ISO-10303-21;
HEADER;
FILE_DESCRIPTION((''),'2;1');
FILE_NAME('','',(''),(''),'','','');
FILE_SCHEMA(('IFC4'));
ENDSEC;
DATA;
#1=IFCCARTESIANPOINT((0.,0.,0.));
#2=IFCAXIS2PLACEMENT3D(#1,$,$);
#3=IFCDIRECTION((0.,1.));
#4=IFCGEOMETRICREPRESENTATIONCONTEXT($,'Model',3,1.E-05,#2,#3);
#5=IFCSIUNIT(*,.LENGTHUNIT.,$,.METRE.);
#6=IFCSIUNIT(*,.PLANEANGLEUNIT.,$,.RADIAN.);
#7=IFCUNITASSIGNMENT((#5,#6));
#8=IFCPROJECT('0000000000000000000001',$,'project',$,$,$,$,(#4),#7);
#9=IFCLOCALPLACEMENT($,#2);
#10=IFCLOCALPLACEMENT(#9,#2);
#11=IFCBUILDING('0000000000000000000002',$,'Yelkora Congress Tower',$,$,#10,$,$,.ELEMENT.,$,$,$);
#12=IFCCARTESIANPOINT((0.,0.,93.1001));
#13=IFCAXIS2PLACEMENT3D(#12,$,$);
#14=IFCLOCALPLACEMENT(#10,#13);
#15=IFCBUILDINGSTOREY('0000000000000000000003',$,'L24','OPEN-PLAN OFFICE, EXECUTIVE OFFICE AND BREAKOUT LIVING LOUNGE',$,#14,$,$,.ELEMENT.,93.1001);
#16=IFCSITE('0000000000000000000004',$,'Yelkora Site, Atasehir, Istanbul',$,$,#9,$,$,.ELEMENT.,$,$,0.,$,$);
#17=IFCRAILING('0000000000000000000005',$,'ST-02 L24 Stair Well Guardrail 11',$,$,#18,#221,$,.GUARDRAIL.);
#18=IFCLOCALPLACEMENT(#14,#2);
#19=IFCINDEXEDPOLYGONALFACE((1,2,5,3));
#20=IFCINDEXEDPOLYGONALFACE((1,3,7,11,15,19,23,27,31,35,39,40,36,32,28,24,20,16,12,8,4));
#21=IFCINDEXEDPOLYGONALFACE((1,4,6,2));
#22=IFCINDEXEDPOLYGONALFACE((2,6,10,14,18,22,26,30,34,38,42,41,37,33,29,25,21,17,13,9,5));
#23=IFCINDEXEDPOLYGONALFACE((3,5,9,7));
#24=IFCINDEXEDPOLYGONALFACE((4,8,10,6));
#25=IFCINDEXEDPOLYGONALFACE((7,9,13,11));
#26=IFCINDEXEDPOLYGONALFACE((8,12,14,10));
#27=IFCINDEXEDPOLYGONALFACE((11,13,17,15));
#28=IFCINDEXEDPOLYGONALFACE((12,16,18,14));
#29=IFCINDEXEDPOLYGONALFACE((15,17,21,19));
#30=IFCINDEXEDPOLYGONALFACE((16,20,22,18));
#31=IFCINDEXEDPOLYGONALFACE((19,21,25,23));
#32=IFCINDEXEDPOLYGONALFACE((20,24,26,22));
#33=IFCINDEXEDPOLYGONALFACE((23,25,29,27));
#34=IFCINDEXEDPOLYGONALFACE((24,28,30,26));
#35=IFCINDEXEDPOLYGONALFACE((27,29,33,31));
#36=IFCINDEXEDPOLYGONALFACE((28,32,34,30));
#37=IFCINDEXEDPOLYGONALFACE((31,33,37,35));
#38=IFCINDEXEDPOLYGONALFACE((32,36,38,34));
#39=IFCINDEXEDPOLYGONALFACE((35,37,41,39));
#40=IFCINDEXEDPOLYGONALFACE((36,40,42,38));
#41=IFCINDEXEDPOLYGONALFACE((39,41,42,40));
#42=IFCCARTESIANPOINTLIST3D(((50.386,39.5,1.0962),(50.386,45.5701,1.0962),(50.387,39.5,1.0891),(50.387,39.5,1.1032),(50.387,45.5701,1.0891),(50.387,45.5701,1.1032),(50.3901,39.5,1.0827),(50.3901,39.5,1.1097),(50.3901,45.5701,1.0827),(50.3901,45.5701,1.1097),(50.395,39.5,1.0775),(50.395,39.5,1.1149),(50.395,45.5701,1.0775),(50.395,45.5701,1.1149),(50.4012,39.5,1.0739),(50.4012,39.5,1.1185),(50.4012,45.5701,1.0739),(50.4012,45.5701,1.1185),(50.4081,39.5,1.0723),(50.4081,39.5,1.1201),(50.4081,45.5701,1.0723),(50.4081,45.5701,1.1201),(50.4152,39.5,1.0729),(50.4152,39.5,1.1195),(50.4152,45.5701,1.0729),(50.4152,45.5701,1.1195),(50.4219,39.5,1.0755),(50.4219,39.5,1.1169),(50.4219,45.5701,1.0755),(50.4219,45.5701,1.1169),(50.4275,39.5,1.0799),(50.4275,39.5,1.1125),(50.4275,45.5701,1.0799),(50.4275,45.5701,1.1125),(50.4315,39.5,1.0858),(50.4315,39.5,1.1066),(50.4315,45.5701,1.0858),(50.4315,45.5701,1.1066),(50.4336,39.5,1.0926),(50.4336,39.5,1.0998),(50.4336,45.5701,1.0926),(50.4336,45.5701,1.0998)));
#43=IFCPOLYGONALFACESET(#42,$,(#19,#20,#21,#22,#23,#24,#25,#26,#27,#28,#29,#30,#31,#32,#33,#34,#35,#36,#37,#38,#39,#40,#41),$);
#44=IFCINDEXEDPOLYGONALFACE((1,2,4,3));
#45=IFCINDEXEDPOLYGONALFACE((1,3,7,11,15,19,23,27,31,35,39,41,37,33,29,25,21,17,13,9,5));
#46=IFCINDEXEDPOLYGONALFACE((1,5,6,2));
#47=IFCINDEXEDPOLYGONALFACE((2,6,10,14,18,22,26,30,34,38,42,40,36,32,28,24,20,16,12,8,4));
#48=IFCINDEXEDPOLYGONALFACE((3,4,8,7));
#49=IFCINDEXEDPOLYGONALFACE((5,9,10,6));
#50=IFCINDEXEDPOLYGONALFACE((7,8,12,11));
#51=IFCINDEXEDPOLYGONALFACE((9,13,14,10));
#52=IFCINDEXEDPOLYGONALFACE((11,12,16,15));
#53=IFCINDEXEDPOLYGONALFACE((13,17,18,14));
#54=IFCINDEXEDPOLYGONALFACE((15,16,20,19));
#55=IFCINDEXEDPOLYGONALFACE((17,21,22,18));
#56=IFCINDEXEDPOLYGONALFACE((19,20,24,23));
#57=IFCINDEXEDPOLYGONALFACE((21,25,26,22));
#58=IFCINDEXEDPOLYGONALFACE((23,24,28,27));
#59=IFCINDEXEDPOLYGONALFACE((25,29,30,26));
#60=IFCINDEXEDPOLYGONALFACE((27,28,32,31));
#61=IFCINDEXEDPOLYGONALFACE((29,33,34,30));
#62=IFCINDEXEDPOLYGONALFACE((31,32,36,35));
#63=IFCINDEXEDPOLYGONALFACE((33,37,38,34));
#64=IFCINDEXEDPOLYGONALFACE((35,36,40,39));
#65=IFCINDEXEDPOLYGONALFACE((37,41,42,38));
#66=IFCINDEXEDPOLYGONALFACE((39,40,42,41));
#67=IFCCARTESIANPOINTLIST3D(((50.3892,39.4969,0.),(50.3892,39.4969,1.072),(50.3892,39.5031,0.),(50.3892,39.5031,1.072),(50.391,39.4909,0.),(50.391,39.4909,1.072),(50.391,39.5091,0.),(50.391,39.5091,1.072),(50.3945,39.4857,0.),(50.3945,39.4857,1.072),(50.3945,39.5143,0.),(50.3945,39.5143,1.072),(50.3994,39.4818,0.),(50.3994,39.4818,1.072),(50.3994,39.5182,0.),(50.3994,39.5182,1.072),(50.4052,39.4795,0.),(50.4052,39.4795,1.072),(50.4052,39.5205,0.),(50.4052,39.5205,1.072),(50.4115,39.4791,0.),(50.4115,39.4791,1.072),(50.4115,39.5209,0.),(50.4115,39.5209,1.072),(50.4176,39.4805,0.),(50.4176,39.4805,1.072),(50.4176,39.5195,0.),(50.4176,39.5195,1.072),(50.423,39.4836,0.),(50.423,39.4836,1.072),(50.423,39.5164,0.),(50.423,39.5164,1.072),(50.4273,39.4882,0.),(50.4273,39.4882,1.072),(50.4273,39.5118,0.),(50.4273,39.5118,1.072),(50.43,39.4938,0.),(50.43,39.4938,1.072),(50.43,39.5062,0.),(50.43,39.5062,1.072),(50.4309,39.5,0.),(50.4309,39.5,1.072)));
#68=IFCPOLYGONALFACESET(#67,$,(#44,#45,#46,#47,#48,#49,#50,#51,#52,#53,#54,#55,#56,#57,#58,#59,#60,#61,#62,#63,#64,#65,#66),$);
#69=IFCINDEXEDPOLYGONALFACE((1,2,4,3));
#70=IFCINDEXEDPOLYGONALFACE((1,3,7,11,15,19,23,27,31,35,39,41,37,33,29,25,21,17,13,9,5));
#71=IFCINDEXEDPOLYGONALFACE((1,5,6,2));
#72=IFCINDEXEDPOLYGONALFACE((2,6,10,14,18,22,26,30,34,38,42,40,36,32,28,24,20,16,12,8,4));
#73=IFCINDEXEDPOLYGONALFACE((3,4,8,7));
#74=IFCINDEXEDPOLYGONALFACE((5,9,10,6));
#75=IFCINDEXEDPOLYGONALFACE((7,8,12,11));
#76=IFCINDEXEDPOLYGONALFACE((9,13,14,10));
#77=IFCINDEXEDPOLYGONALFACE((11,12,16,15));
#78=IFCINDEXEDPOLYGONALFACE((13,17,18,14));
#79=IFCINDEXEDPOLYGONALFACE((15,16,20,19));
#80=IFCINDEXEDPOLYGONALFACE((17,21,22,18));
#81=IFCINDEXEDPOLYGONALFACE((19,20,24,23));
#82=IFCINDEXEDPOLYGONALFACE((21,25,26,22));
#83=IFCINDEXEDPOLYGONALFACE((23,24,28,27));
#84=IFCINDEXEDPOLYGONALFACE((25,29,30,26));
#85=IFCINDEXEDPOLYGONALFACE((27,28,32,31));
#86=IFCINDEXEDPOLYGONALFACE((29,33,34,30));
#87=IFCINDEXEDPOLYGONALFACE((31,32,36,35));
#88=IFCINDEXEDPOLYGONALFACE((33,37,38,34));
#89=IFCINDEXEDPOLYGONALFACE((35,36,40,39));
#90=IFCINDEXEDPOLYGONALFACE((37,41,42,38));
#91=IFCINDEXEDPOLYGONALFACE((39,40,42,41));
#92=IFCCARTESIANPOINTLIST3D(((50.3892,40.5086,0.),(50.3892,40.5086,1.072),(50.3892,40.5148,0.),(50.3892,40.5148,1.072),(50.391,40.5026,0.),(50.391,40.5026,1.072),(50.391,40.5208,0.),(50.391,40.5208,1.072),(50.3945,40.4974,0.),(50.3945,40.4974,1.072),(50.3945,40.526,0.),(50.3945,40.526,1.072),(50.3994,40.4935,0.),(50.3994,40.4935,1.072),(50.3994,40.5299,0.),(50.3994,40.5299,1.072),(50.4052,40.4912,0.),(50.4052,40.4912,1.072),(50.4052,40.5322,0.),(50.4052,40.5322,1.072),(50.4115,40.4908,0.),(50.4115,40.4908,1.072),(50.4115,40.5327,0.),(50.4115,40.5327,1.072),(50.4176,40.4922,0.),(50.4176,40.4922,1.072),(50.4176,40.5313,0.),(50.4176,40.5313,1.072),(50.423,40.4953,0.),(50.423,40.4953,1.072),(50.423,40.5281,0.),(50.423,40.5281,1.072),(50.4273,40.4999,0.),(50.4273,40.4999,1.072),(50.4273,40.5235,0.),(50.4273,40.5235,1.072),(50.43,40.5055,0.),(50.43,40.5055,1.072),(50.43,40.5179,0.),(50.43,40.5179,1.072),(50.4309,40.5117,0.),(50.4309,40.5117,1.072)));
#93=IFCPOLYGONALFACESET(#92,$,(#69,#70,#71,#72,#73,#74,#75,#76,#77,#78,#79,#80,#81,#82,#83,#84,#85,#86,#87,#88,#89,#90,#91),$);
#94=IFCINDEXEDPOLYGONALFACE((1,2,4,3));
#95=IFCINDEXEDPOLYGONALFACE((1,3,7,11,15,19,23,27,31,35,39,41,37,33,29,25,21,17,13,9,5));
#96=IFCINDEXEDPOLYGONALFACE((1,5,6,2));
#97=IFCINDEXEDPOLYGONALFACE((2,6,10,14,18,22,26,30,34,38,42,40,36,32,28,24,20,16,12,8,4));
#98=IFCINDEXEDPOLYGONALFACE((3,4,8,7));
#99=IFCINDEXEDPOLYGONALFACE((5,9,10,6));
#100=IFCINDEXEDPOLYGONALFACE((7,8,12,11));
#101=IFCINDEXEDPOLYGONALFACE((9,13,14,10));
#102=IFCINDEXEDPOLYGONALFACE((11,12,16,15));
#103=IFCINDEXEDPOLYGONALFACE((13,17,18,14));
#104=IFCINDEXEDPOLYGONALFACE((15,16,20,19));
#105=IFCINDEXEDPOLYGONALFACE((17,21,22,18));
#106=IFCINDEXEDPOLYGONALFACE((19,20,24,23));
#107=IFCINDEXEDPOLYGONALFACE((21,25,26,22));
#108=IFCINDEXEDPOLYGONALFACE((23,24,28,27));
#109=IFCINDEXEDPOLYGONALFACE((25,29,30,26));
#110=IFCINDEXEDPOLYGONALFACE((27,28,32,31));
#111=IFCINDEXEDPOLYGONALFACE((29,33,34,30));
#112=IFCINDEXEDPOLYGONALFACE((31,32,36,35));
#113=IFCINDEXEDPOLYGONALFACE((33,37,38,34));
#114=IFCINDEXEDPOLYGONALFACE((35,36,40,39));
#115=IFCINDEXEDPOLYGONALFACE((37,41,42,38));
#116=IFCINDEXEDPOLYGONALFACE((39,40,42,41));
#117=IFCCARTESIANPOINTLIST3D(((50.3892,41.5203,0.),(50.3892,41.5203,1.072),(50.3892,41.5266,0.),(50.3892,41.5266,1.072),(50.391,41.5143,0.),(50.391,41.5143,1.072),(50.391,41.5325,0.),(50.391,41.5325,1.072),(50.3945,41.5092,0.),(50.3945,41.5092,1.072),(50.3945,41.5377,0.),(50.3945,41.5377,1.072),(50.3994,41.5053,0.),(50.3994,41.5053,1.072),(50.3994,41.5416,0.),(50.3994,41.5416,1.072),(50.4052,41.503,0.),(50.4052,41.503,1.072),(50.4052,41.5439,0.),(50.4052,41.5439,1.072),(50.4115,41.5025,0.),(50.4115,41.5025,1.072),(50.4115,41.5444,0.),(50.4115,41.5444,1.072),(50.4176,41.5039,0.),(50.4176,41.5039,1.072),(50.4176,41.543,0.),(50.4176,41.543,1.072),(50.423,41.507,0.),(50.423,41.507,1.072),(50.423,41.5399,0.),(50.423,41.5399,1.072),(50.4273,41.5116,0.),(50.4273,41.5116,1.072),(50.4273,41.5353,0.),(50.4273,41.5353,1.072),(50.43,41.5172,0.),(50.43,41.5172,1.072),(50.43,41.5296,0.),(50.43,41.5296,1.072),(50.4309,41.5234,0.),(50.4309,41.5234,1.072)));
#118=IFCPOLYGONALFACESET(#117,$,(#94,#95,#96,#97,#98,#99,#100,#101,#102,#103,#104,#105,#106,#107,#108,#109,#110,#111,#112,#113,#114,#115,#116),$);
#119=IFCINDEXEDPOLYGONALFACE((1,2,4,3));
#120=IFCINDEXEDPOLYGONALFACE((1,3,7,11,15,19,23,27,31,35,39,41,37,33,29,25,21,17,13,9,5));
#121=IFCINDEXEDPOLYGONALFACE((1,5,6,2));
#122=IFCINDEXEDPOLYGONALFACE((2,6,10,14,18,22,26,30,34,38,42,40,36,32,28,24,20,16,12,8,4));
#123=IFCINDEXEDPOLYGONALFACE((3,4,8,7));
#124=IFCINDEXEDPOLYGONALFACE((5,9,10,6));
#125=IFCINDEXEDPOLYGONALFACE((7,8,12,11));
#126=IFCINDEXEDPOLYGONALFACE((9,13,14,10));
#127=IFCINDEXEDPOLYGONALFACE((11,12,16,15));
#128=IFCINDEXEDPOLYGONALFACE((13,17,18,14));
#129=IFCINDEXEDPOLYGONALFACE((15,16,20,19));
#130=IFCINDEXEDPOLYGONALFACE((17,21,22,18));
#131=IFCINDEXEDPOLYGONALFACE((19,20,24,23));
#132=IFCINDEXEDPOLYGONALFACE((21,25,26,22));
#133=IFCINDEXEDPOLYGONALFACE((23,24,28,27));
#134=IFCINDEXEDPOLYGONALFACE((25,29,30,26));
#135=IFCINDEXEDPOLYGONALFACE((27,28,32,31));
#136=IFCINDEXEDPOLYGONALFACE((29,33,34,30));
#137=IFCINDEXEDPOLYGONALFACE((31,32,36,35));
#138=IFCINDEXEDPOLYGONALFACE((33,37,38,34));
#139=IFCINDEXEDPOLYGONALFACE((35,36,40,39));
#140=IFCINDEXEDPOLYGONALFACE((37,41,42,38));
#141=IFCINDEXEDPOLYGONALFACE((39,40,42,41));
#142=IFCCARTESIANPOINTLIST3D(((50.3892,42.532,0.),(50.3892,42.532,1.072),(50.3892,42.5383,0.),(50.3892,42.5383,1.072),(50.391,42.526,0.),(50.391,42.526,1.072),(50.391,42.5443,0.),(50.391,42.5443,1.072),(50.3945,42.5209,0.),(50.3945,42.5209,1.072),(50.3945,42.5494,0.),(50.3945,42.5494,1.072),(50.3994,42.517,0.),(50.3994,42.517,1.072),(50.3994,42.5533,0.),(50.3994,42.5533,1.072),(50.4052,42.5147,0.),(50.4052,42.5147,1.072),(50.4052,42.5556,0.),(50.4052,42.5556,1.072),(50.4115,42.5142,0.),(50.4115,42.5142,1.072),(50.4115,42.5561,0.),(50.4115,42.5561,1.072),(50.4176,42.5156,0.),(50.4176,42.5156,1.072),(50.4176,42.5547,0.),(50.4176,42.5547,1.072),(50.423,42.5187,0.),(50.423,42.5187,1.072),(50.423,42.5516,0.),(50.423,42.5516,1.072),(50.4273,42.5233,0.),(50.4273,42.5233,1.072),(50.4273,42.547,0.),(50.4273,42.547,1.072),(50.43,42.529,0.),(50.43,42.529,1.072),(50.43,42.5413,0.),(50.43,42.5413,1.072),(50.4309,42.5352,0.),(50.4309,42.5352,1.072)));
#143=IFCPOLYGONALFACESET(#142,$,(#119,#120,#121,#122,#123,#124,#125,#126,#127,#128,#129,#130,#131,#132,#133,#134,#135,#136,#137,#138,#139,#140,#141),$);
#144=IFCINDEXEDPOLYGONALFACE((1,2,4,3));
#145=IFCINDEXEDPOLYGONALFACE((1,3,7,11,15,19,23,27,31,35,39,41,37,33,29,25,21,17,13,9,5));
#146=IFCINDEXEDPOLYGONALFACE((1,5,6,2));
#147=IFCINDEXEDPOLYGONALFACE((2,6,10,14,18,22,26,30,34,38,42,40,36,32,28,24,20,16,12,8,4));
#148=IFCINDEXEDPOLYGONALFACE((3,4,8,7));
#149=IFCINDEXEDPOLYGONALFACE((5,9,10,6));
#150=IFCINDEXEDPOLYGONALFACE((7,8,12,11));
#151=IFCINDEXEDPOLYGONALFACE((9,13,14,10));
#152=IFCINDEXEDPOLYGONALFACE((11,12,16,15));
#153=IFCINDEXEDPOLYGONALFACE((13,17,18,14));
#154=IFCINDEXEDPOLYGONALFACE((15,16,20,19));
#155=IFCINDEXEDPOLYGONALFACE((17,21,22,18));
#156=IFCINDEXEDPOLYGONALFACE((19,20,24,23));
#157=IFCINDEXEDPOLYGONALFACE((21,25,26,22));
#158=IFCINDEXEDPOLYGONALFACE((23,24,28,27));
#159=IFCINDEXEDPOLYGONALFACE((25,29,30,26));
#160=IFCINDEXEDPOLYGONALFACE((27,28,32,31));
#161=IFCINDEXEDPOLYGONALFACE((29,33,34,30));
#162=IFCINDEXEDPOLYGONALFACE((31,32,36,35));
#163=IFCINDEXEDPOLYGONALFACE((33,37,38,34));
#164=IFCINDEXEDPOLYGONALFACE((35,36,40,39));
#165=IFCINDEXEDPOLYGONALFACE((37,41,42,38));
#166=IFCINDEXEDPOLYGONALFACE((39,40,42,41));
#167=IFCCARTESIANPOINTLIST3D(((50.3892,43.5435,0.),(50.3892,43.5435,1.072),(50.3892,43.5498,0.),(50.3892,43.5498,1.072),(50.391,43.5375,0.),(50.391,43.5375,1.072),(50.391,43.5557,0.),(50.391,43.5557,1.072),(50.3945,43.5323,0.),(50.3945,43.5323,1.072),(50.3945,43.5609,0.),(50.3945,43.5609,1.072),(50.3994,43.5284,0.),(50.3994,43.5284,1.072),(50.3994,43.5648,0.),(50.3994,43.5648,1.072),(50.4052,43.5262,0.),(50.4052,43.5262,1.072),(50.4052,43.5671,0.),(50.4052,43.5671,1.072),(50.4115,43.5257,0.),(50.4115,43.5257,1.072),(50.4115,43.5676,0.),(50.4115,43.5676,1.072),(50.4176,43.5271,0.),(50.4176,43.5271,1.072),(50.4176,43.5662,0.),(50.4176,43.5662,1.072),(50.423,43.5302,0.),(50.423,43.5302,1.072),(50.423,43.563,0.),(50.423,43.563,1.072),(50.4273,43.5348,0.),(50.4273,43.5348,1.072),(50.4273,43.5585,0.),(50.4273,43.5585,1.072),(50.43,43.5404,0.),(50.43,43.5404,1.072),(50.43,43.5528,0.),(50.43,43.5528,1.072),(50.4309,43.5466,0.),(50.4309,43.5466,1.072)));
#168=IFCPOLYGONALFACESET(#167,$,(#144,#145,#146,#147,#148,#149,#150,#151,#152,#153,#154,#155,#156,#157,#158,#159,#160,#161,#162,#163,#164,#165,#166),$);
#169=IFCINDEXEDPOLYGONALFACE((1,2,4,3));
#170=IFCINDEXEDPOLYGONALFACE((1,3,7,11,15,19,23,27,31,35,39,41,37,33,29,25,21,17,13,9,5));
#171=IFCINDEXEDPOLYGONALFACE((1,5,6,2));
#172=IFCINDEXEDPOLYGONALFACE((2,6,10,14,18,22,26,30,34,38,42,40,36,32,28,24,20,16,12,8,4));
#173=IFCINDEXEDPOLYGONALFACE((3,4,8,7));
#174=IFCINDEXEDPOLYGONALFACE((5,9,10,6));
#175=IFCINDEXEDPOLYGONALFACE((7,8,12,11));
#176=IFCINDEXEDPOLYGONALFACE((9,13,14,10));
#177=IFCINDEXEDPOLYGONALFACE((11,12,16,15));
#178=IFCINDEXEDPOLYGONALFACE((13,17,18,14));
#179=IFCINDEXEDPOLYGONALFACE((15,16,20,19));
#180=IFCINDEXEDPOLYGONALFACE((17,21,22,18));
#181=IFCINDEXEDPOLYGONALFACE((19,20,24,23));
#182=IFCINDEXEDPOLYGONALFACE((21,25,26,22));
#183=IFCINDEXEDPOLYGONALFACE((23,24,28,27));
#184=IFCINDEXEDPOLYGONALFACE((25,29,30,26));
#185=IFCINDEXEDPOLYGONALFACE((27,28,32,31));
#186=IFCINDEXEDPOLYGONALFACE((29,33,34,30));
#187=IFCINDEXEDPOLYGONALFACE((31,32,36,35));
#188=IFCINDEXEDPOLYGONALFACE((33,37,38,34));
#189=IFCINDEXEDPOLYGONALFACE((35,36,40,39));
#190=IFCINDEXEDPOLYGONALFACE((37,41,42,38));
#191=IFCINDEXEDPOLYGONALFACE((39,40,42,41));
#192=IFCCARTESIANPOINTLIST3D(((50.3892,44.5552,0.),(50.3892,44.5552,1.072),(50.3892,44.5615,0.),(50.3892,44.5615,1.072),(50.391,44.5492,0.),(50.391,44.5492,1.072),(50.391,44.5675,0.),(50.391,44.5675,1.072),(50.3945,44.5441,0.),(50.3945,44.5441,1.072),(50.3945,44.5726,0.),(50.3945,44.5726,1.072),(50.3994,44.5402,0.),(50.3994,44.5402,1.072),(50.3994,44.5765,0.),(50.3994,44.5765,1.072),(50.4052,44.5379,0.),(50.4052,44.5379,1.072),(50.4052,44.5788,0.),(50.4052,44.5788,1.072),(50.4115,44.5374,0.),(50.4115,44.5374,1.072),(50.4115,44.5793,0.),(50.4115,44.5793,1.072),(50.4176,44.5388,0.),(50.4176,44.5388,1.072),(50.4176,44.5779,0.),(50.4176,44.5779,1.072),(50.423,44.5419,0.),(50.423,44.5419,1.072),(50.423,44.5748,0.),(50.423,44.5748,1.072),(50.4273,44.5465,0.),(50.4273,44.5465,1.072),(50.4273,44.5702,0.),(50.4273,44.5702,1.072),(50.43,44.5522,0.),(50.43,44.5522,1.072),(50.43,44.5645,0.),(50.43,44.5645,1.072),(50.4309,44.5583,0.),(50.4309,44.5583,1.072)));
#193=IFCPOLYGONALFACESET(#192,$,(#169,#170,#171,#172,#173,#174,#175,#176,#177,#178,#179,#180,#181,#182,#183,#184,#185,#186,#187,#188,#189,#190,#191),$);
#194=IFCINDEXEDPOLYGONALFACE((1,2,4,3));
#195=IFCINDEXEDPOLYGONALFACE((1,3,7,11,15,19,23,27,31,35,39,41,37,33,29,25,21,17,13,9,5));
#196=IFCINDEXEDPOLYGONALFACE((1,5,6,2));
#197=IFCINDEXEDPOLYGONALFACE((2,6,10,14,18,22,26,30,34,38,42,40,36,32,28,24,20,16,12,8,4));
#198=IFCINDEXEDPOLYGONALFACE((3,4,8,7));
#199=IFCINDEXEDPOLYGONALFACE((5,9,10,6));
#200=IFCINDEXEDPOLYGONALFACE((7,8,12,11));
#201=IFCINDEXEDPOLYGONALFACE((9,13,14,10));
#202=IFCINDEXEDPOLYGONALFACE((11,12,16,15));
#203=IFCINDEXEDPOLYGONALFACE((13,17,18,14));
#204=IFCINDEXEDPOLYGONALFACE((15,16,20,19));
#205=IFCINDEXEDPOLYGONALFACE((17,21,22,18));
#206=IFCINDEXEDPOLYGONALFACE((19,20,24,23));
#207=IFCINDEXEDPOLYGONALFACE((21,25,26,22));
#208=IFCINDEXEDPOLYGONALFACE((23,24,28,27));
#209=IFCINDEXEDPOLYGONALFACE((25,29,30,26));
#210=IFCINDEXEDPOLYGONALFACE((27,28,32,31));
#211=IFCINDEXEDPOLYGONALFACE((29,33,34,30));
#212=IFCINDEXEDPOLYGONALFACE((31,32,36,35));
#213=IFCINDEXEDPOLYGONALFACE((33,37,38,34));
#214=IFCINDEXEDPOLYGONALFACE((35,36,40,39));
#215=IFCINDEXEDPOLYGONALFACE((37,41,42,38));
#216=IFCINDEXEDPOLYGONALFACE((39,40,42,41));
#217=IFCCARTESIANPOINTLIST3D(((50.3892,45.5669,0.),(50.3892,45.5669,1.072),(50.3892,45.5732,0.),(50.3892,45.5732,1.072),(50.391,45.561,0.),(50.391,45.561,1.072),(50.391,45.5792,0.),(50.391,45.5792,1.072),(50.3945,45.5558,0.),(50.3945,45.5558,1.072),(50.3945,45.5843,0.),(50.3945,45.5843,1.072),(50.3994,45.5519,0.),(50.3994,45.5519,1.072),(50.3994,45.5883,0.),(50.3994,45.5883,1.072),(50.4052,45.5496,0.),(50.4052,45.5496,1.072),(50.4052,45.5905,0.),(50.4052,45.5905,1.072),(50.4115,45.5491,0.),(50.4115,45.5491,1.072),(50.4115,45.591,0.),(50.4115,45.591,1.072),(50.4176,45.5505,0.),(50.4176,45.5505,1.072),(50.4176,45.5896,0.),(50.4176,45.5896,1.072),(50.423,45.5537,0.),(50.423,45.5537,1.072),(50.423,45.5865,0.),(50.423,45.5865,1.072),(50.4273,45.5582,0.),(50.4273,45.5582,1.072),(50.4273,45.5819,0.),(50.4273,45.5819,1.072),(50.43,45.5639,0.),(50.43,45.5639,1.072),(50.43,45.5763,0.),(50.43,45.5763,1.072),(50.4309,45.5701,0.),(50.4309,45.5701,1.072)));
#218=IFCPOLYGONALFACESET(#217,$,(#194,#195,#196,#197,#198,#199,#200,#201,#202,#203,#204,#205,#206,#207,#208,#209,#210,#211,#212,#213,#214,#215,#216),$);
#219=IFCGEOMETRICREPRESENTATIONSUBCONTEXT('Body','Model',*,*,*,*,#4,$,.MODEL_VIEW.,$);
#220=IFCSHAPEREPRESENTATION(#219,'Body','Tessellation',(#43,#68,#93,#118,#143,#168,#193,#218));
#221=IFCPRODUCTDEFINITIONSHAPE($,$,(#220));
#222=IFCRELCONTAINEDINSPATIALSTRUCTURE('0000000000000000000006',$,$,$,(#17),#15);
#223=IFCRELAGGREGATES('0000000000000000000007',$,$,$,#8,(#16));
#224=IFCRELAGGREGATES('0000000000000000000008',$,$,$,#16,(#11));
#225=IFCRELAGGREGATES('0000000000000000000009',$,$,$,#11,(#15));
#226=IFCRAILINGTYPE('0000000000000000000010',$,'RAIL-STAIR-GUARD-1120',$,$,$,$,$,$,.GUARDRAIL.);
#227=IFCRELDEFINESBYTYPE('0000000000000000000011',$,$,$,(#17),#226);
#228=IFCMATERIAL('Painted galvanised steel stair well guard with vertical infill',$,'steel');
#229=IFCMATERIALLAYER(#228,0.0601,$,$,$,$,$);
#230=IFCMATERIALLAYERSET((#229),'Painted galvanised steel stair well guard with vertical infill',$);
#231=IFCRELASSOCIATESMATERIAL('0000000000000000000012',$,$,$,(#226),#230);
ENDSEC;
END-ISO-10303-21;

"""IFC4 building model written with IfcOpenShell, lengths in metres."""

from ifc_helpers import new_model, si_unit, direction, frame, origin, origin_2d, place, context, subcontext, project, spatial, circle, extrude, material, layer, layer_set, type_object, element, save


model = new_model("IFC4")

# Units and contexts
model_context = context("Model", 3, precision=1e-05, world=origin(), true_north=direction((0.0, 1.0)))
body_context = subcontext(model_context, "Body", "Model", "MODEL_VIEW")
ifc_project = project(units=[si_unit("LENGTHUNIT", "METRE"), si_unit("PLANEANGLEUNIT", "RADIAN")], contexts=[model_context])

# Site, building, storey
site_placement = place(None, origin())
site = spatial("IfcSite", under=ifc_project, at=site_placement, Name="Yelkora Site, Atasehir, Istanbul", CompositionType="ELEMENT", RefElevation=0.0)
building_placement = place(site_placement, origin())
building = spatial("IfcBuilding", under=site, at=building_placement, Name="Yelkora Congress Tower", CompositionType="ELEMENT")
storey_placement = place(building_placement, frame((0.0, 0.0, 93.1001)))
storey = spatial("IfcBuildingStorey", under=building, at=storey_placement, Name="L24", Description="OPEN-PLAN OFFICE, EXECUTIVE OFFICE AND BREAKOUT LIVING LOUNGE", CompositionType="ELEMENT", Elevation=93.1001)

# Railing
ifc_material_1 = material(Name="Painted galvanised steel stair well guard with vertical infill", Category="steel")
ifc_layer_1 = layer(ifc_material_1, 0.0601)
ifc_layer_set_1 = layer_set([ifc_layer_1], Name="Painted galvanised steel stair well guard with vertical infill")
railing_type_1 = type_object("IfcRailingType", Name="RAIL-STAIR-GUARD-1120", PredefinedType="GUARDRAIL", material=ifc_layer_set_1)
railing_1_placement = place(storey_placement, frame((50.4099, 39.5, 0.0)))
element("IfcRailing", 1, at=railing_1_placement, inside=storey, type_object=railing_type_1, Name="ST-02 L24 Stair Well Guardrail 11", PredefinedType="GUARDRAIL", context=body_context, shape_type="SweptSolid", body=[
    extrude(circle(Radius=0.0239, at=origin_2d()), frame((0.0, 0.0, 1.0962), z_axis=(0.0, 1.0, 0.0), x_axis=(-1.0, 0.0, 0.0)), (0.0, 0.0, 1.0), 6.0701),
    extrude(circle(Radius=0.021, at=origin_2d()), origin(), (0.0, 0.0, 1.0), 1.072),
    extrude(circle(Radius=0.021, at=origin_2d()), frame((0.0, 1.0117, 0.0)), (0.0, 0.0, 1.0), 1.072),
    extrude(circle(Radius=0.021, at=origin_2d()), frame((0.0, 2.0234, 0.0)), (0.0, 0.0, 1.0), 1.072),
    extrude(circle(Radius=0.021, at=origin_2d()), frame((0.0, 3.0352, 0.0)), (0.0, 0.0, 1.0), 1.072),
    extrude(circle(Radius=0.021, at=origin_2d()), frame((0.0, 4.0466, 0.0)), (0.0, 0.0, 1.0), 1.072),
    extrude(circle(Radius=0.021, at=origin_2d()), frame((0.0, 5.0583, 0.0)), (0.0, 0.0, 1.0), 1.072),
    extrude(circle(Radius=0.021, at=origin_2d()), frame((0.0, 6.0701, 0.0)), (0.0, 0.0, 1.0), 1.072),
])

save(model, "model.ifc")
